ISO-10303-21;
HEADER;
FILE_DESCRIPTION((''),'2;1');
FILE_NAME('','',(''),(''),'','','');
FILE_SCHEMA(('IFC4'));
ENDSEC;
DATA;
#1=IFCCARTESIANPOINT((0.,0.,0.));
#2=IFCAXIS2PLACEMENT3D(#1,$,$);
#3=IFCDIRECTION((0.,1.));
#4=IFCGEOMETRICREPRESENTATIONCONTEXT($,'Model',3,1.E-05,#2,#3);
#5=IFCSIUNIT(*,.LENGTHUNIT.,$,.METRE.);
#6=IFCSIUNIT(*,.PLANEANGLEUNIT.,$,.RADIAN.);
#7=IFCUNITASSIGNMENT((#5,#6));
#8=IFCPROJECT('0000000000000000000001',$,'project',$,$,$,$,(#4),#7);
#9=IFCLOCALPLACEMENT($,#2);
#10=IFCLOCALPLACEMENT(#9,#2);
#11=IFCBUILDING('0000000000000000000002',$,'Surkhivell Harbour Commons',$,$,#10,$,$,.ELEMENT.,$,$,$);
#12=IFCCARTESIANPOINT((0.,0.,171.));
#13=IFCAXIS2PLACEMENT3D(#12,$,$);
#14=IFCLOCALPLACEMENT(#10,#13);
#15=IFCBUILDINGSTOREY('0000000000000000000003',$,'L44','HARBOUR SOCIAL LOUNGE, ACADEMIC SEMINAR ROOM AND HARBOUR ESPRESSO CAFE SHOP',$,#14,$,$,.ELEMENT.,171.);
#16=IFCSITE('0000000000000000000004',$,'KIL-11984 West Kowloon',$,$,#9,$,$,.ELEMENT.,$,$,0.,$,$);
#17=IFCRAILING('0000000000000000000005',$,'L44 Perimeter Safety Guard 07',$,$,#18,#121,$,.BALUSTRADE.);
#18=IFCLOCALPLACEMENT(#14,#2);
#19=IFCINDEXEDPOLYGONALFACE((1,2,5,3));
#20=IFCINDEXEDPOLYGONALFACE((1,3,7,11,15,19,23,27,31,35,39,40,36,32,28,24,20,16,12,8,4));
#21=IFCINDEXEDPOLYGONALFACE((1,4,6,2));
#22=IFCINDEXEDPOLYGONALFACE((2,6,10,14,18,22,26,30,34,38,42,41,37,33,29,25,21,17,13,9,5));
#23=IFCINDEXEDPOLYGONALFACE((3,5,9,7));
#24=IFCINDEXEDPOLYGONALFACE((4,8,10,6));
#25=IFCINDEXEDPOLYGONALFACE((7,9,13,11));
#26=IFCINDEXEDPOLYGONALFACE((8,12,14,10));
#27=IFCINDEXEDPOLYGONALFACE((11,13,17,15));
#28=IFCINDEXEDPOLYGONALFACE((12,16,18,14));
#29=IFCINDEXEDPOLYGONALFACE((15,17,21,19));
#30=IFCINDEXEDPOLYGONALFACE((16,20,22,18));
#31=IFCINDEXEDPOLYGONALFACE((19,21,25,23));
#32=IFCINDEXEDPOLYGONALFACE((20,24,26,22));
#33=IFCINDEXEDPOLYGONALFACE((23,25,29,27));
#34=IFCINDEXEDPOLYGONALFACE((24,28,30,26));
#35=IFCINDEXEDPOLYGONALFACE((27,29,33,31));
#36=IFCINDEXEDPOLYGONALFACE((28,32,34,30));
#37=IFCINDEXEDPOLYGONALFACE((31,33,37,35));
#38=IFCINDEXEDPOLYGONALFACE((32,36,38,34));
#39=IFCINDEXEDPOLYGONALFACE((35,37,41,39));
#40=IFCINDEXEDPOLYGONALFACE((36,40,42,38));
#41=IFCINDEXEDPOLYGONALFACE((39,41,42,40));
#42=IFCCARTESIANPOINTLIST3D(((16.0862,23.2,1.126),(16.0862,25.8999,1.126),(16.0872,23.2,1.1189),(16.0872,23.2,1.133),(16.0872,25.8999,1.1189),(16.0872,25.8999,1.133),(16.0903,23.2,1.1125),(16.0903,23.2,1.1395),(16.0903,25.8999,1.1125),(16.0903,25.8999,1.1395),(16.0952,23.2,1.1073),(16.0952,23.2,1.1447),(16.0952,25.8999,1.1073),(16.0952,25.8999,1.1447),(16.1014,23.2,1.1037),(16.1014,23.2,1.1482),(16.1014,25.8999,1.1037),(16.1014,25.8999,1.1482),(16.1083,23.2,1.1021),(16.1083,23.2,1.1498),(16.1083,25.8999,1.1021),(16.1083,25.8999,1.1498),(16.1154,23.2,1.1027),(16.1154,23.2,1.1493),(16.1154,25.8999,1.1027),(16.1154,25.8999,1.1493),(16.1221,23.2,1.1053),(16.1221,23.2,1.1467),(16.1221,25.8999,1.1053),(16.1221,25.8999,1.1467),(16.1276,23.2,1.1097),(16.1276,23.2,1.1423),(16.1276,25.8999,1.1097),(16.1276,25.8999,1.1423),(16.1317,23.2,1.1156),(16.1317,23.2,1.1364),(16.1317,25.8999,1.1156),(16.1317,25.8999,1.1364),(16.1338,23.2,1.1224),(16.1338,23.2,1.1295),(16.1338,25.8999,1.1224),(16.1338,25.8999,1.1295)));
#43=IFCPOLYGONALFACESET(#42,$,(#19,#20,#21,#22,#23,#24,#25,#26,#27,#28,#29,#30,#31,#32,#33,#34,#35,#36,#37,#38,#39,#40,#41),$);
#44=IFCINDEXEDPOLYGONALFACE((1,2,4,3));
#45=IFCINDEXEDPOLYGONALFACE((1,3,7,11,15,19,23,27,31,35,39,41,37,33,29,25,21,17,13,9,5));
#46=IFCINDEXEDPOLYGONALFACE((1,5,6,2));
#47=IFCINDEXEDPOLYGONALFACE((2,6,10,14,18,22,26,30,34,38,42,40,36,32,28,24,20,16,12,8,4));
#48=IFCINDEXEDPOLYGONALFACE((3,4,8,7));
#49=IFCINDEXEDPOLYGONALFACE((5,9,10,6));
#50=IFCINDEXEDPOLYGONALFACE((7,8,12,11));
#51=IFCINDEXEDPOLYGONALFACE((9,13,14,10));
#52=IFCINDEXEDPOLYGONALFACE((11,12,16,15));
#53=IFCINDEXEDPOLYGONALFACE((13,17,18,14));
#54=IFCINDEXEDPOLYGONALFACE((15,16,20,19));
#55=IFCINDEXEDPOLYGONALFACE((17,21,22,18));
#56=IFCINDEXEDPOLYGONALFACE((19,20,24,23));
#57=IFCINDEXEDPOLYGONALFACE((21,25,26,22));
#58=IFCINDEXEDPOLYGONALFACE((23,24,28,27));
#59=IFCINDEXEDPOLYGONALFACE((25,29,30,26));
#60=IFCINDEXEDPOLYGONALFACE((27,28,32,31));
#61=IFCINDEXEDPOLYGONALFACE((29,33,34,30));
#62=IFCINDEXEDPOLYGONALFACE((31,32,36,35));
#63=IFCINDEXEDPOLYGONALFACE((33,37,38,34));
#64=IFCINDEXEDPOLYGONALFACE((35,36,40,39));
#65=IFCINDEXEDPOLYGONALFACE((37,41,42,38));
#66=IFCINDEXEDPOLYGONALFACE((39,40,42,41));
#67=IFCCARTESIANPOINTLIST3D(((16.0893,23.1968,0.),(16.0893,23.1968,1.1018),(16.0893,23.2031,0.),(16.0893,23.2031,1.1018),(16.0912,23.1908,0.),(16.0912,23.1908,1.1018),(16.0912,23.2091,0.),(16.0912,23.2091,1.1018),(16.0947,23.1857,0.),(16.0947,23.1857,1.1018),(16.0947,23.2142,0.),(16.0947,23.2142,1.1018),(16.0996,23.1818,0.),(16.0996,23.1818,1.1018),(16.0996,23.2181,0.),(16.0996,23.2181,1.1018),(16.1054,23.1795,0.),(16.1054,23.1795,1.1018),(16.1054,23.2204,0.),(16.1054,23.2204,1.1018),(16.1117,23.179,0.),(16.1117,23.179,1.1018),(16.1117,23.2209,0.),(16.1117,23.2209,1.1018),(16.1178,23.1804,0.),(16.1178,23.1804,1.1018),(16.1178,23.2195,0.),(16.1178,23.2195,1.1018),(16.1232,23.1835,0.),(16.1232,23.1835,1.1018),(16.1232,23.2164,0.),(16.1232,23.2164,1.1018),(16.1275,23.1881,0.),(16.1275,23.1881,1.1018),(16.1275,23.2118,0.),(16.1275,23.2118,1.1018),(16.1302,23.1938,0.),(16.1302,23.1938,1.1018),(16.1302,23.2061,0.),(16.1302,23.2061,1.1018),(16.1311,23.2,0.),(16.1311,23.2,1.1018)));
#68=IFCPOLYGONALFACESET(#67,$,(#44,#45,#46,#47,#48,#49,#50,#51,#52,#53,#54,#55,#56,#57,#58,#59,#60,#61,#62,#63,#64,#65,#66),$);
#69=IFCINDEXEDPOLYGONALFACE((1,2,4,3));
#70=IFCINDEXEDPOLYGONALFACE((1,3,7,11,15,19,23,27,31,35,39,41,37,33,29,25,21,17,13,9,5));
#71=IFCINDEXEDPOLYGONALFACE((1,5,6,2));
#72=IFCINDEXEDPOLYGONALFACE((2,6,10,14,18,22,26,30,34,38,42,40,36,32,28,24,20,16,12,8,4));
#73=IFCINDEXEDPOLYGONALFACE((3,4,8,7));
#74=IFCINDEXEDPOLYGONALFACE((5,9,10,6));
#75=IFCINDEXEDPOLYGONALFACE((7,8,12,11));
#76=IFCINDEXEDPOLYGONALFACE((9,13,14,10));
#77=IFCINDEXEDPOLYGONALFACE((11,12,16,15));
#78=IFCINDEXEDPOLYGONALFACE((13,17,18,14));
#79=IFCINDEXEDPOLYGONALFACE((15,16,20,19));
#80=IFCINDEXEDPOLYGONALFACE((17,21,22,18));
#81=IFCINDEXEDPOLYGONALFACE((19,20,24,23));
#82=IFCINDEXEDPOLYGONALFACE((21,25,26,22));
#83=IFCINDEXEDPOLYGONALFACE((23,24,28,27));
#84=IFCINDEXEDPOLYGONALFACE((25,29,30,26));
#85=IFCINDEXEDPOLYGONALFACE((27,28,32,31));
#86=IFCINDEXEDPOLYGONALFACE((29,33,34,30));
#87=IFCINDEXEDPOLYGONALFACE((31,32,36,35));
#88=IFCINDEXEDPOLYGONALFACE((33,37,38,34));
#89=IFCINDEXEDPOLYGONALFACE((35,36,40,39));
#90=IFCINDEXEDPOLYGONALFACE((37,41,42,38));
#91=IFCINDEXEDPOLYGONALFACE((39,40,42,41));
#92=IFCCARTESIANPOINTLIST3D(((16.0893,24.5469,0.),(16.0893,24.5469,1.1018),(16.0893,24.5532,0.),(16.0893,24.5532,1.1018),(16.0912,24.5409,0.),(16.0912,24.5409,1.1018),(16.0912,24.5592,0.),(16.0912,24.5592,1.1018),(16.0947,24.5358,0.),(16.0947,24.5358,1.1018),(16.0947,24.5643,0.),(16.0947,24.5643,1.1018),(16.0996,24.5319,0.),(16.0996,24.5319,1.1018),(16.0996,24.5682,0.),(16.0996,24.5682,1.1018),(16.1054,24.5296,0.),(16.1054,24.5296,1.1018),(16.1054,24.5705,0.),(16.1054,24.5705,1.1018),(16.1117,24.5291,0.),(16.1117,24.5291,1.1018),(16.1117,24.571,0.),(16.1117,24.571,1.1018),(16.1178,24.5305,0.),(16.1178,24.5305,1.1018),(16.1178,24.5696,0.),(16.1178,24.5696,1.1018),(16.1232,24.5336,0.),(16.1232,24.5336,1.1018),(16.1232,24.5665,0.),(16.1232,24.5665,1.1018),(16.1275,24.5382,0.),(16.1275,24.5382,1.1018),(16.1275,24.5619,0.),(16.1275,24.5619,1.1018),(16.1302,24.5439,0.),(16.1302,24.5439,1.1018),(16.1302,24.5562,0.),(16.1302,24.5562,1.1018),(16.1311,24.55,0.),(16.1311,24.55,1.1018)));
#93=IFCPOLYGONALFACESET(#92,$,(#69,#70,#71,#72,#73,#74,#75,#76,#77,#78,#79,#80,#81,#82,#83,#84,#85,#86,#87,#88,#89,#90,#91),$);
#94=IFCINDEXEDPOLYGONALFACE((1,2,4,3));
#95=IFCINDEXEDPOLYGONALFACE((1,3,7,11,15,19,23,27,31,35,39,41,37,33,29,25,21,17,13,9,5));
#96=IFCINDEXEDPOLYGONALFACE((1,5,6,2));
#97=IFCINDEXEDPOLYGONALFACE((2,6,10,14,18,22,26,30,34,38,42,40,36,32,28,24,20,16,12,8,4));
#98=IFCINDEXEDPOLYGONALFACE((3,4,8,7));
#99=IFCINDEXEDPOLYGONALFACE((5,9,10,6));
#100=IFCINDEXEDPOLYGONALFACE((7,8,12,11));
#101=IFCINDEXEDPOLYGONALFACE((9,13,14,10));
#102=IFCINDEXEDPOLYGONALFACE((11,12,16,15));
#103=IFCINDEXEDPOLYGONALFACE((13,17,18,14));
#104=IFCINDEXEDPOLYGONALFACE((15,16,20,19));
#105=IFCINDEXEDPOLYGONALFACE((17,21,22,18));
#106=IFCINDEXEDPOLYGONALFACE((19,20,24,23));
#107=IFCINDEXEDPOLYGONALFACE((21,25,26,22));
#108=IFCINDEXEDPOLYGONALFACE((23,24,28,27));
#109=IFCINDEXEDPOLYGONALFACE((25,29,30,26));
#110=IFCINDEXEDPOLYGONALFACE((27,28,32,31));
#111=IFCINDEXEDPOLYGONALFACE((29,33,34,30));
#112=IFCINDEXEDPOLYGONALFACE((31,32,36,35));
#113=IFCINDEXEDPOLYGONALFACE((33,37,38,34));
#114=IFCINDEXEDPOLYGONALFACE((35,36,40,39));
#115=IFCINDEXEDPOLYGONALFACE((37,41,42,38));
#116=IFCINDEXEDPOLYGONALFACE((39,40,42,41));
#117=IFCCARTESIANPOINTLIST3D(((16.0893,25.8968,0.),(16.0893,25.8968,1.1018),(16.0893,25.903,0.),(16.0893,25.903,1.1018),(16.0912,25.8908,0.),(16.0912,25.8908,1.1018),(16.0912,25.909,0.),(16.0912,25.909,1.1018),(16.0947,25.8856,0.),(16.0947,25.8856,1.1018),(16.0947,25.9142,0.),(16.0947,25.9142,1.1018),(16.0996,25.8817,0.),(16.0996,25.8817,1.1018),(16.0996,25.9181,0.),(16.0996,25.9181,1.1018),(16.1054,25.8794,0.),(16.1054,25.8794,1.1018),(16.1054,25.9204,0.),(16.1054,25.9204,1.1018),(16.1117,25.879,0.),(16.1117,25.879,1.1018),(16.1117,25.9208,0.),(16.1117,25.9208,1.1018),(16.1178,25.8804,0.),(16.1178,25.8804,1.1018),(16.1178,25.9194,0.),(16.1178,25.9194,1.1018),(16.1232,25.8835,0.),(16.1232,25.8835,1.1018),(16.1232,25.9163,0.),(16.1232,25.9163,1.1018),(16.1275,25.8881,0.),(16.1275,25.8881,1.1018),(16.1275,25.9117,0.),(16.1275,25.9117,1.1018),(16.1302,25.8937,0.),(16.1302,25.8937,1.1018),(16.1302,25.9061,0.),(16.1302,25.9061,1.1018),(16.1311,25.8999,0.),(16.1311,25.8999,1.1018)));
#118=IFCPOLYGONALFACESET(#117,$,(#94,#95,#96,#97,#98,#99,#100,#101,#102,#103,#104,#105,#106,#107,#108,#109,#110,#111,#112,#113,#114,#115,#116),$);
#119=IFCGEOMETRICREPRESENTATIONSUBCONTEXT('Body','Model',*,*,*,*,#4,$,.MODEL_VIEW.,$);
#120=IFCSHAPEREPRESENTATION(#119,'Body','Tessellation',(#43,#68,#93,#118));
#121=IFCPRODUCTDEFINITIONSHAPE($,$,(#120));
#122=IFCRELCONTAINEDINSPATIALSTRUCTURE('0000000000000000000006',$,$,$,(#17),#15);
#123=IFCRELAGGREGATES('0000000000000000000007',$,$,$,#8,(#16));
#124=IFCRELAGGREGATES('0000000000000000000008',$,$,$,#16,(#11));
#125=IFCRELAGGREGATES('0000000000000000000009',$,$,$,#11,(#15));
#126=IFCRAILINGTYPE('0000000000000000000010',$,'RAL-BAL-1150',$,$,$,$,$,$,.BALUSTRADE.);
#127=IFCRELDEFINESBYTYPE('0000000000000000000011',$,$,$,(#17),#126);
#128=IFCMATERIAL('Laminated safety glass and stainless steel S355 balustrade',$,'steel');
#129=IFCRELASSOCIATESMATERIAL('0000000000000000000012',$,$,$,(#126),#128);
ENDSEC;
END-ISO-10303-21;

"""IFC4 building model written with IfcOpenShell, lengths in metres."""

from ifc_helpers import new_model, si_unit, direction, frame, origin, origin_2d, place, context, subcontext, project, spatial, circle, extrude, material, type_object, element, save


model = new_model("IFC4")

# Units and contexts
model_context = context("Model", 3, precision=1e-05, world=origin(), true_north=direction((0.0, 1.0)))
body_context = subcontext(model_context, "Body", "Model", "MODEL_VIEW")
ifc_project = project(units=[si_unit("LENGTHUNIT", "METRE"), si_unit("PLANEANGLEUNIT", "RADIAN")], contexts=[model_context])

# Site, building, storey
site_placement = place(None, origin())
site = spatial("IfcSite", under=ifc_project, at=site_placement, Name="KIL-11984 West Kowloon", CompositionType="ELEMENT", RefElevation=0.0)
building_placement = place(site_placement, origin())
building = spatial("IfcBuilding", under=site, at=building_placement, Name="Surkhivell Harbour Commons", CompositionType="ELEMENT")
storey_placement = place(building_placement, frame((0.0, 0.0, 171.0)))
storey = spatial("IfcBuildingStorey", under=building, at=storey_placement, Name="L44", Description="HARBOUR SOCIAL LOUNGE, ACADEMIC SEMINAR ROOM AND HARBOUR ESPRESSO CAFE SHOP", CompositionType="ELEMENT", Elevation=171.0)

# Railing
ifc_material_1 = material(Name="Laminated safety glass and stainless steel S355 balustrade", Category="steel")
railing_type = type_object("IfcRailingType", Name="RAL-BAL-1150", PredefinedType="BALUSTRADE", material=ifc_material_1)
railing_1_placement = place(storey_placement, frame((16.1101, 23.2, 0.0)))
element("IfcRailing", 1, at=railing_1_placement, inside=storey, type_object=railing_type, Name="L44 Perimeter Safety Guard 07", PredefinedType="BALUSTRADE", context=body_context, shape_type="SweptSolid", body=[
    extrude(circle(Radius=0.0239, at=origin_2d()), frame((0.0, 0.0, 1.126), z_axis=(0.0, 1.0, 0.0), x_axis=(-1.0, 0.0, 0.0)), (0.0, 0.0, 1.0), 2.7),
    extrude(circle(Radius=0.021, at=origin_2d()), origin(), (0.0, 0.0, 1.0), 1.1018),
    extrude(circle(Radius=0.021, at=origin_2d()), frame((0.0, 1.3501, 0.0)), (0.0, 0.0, 1.0), 1.1018),
    extrude(circle(Radius=0.021, at=origin_2d()), frame((0.0, 2.7, 0.0)), (0.0, 0.0, 1.0), 1.1018),
])

save(model, "model.ifc")
